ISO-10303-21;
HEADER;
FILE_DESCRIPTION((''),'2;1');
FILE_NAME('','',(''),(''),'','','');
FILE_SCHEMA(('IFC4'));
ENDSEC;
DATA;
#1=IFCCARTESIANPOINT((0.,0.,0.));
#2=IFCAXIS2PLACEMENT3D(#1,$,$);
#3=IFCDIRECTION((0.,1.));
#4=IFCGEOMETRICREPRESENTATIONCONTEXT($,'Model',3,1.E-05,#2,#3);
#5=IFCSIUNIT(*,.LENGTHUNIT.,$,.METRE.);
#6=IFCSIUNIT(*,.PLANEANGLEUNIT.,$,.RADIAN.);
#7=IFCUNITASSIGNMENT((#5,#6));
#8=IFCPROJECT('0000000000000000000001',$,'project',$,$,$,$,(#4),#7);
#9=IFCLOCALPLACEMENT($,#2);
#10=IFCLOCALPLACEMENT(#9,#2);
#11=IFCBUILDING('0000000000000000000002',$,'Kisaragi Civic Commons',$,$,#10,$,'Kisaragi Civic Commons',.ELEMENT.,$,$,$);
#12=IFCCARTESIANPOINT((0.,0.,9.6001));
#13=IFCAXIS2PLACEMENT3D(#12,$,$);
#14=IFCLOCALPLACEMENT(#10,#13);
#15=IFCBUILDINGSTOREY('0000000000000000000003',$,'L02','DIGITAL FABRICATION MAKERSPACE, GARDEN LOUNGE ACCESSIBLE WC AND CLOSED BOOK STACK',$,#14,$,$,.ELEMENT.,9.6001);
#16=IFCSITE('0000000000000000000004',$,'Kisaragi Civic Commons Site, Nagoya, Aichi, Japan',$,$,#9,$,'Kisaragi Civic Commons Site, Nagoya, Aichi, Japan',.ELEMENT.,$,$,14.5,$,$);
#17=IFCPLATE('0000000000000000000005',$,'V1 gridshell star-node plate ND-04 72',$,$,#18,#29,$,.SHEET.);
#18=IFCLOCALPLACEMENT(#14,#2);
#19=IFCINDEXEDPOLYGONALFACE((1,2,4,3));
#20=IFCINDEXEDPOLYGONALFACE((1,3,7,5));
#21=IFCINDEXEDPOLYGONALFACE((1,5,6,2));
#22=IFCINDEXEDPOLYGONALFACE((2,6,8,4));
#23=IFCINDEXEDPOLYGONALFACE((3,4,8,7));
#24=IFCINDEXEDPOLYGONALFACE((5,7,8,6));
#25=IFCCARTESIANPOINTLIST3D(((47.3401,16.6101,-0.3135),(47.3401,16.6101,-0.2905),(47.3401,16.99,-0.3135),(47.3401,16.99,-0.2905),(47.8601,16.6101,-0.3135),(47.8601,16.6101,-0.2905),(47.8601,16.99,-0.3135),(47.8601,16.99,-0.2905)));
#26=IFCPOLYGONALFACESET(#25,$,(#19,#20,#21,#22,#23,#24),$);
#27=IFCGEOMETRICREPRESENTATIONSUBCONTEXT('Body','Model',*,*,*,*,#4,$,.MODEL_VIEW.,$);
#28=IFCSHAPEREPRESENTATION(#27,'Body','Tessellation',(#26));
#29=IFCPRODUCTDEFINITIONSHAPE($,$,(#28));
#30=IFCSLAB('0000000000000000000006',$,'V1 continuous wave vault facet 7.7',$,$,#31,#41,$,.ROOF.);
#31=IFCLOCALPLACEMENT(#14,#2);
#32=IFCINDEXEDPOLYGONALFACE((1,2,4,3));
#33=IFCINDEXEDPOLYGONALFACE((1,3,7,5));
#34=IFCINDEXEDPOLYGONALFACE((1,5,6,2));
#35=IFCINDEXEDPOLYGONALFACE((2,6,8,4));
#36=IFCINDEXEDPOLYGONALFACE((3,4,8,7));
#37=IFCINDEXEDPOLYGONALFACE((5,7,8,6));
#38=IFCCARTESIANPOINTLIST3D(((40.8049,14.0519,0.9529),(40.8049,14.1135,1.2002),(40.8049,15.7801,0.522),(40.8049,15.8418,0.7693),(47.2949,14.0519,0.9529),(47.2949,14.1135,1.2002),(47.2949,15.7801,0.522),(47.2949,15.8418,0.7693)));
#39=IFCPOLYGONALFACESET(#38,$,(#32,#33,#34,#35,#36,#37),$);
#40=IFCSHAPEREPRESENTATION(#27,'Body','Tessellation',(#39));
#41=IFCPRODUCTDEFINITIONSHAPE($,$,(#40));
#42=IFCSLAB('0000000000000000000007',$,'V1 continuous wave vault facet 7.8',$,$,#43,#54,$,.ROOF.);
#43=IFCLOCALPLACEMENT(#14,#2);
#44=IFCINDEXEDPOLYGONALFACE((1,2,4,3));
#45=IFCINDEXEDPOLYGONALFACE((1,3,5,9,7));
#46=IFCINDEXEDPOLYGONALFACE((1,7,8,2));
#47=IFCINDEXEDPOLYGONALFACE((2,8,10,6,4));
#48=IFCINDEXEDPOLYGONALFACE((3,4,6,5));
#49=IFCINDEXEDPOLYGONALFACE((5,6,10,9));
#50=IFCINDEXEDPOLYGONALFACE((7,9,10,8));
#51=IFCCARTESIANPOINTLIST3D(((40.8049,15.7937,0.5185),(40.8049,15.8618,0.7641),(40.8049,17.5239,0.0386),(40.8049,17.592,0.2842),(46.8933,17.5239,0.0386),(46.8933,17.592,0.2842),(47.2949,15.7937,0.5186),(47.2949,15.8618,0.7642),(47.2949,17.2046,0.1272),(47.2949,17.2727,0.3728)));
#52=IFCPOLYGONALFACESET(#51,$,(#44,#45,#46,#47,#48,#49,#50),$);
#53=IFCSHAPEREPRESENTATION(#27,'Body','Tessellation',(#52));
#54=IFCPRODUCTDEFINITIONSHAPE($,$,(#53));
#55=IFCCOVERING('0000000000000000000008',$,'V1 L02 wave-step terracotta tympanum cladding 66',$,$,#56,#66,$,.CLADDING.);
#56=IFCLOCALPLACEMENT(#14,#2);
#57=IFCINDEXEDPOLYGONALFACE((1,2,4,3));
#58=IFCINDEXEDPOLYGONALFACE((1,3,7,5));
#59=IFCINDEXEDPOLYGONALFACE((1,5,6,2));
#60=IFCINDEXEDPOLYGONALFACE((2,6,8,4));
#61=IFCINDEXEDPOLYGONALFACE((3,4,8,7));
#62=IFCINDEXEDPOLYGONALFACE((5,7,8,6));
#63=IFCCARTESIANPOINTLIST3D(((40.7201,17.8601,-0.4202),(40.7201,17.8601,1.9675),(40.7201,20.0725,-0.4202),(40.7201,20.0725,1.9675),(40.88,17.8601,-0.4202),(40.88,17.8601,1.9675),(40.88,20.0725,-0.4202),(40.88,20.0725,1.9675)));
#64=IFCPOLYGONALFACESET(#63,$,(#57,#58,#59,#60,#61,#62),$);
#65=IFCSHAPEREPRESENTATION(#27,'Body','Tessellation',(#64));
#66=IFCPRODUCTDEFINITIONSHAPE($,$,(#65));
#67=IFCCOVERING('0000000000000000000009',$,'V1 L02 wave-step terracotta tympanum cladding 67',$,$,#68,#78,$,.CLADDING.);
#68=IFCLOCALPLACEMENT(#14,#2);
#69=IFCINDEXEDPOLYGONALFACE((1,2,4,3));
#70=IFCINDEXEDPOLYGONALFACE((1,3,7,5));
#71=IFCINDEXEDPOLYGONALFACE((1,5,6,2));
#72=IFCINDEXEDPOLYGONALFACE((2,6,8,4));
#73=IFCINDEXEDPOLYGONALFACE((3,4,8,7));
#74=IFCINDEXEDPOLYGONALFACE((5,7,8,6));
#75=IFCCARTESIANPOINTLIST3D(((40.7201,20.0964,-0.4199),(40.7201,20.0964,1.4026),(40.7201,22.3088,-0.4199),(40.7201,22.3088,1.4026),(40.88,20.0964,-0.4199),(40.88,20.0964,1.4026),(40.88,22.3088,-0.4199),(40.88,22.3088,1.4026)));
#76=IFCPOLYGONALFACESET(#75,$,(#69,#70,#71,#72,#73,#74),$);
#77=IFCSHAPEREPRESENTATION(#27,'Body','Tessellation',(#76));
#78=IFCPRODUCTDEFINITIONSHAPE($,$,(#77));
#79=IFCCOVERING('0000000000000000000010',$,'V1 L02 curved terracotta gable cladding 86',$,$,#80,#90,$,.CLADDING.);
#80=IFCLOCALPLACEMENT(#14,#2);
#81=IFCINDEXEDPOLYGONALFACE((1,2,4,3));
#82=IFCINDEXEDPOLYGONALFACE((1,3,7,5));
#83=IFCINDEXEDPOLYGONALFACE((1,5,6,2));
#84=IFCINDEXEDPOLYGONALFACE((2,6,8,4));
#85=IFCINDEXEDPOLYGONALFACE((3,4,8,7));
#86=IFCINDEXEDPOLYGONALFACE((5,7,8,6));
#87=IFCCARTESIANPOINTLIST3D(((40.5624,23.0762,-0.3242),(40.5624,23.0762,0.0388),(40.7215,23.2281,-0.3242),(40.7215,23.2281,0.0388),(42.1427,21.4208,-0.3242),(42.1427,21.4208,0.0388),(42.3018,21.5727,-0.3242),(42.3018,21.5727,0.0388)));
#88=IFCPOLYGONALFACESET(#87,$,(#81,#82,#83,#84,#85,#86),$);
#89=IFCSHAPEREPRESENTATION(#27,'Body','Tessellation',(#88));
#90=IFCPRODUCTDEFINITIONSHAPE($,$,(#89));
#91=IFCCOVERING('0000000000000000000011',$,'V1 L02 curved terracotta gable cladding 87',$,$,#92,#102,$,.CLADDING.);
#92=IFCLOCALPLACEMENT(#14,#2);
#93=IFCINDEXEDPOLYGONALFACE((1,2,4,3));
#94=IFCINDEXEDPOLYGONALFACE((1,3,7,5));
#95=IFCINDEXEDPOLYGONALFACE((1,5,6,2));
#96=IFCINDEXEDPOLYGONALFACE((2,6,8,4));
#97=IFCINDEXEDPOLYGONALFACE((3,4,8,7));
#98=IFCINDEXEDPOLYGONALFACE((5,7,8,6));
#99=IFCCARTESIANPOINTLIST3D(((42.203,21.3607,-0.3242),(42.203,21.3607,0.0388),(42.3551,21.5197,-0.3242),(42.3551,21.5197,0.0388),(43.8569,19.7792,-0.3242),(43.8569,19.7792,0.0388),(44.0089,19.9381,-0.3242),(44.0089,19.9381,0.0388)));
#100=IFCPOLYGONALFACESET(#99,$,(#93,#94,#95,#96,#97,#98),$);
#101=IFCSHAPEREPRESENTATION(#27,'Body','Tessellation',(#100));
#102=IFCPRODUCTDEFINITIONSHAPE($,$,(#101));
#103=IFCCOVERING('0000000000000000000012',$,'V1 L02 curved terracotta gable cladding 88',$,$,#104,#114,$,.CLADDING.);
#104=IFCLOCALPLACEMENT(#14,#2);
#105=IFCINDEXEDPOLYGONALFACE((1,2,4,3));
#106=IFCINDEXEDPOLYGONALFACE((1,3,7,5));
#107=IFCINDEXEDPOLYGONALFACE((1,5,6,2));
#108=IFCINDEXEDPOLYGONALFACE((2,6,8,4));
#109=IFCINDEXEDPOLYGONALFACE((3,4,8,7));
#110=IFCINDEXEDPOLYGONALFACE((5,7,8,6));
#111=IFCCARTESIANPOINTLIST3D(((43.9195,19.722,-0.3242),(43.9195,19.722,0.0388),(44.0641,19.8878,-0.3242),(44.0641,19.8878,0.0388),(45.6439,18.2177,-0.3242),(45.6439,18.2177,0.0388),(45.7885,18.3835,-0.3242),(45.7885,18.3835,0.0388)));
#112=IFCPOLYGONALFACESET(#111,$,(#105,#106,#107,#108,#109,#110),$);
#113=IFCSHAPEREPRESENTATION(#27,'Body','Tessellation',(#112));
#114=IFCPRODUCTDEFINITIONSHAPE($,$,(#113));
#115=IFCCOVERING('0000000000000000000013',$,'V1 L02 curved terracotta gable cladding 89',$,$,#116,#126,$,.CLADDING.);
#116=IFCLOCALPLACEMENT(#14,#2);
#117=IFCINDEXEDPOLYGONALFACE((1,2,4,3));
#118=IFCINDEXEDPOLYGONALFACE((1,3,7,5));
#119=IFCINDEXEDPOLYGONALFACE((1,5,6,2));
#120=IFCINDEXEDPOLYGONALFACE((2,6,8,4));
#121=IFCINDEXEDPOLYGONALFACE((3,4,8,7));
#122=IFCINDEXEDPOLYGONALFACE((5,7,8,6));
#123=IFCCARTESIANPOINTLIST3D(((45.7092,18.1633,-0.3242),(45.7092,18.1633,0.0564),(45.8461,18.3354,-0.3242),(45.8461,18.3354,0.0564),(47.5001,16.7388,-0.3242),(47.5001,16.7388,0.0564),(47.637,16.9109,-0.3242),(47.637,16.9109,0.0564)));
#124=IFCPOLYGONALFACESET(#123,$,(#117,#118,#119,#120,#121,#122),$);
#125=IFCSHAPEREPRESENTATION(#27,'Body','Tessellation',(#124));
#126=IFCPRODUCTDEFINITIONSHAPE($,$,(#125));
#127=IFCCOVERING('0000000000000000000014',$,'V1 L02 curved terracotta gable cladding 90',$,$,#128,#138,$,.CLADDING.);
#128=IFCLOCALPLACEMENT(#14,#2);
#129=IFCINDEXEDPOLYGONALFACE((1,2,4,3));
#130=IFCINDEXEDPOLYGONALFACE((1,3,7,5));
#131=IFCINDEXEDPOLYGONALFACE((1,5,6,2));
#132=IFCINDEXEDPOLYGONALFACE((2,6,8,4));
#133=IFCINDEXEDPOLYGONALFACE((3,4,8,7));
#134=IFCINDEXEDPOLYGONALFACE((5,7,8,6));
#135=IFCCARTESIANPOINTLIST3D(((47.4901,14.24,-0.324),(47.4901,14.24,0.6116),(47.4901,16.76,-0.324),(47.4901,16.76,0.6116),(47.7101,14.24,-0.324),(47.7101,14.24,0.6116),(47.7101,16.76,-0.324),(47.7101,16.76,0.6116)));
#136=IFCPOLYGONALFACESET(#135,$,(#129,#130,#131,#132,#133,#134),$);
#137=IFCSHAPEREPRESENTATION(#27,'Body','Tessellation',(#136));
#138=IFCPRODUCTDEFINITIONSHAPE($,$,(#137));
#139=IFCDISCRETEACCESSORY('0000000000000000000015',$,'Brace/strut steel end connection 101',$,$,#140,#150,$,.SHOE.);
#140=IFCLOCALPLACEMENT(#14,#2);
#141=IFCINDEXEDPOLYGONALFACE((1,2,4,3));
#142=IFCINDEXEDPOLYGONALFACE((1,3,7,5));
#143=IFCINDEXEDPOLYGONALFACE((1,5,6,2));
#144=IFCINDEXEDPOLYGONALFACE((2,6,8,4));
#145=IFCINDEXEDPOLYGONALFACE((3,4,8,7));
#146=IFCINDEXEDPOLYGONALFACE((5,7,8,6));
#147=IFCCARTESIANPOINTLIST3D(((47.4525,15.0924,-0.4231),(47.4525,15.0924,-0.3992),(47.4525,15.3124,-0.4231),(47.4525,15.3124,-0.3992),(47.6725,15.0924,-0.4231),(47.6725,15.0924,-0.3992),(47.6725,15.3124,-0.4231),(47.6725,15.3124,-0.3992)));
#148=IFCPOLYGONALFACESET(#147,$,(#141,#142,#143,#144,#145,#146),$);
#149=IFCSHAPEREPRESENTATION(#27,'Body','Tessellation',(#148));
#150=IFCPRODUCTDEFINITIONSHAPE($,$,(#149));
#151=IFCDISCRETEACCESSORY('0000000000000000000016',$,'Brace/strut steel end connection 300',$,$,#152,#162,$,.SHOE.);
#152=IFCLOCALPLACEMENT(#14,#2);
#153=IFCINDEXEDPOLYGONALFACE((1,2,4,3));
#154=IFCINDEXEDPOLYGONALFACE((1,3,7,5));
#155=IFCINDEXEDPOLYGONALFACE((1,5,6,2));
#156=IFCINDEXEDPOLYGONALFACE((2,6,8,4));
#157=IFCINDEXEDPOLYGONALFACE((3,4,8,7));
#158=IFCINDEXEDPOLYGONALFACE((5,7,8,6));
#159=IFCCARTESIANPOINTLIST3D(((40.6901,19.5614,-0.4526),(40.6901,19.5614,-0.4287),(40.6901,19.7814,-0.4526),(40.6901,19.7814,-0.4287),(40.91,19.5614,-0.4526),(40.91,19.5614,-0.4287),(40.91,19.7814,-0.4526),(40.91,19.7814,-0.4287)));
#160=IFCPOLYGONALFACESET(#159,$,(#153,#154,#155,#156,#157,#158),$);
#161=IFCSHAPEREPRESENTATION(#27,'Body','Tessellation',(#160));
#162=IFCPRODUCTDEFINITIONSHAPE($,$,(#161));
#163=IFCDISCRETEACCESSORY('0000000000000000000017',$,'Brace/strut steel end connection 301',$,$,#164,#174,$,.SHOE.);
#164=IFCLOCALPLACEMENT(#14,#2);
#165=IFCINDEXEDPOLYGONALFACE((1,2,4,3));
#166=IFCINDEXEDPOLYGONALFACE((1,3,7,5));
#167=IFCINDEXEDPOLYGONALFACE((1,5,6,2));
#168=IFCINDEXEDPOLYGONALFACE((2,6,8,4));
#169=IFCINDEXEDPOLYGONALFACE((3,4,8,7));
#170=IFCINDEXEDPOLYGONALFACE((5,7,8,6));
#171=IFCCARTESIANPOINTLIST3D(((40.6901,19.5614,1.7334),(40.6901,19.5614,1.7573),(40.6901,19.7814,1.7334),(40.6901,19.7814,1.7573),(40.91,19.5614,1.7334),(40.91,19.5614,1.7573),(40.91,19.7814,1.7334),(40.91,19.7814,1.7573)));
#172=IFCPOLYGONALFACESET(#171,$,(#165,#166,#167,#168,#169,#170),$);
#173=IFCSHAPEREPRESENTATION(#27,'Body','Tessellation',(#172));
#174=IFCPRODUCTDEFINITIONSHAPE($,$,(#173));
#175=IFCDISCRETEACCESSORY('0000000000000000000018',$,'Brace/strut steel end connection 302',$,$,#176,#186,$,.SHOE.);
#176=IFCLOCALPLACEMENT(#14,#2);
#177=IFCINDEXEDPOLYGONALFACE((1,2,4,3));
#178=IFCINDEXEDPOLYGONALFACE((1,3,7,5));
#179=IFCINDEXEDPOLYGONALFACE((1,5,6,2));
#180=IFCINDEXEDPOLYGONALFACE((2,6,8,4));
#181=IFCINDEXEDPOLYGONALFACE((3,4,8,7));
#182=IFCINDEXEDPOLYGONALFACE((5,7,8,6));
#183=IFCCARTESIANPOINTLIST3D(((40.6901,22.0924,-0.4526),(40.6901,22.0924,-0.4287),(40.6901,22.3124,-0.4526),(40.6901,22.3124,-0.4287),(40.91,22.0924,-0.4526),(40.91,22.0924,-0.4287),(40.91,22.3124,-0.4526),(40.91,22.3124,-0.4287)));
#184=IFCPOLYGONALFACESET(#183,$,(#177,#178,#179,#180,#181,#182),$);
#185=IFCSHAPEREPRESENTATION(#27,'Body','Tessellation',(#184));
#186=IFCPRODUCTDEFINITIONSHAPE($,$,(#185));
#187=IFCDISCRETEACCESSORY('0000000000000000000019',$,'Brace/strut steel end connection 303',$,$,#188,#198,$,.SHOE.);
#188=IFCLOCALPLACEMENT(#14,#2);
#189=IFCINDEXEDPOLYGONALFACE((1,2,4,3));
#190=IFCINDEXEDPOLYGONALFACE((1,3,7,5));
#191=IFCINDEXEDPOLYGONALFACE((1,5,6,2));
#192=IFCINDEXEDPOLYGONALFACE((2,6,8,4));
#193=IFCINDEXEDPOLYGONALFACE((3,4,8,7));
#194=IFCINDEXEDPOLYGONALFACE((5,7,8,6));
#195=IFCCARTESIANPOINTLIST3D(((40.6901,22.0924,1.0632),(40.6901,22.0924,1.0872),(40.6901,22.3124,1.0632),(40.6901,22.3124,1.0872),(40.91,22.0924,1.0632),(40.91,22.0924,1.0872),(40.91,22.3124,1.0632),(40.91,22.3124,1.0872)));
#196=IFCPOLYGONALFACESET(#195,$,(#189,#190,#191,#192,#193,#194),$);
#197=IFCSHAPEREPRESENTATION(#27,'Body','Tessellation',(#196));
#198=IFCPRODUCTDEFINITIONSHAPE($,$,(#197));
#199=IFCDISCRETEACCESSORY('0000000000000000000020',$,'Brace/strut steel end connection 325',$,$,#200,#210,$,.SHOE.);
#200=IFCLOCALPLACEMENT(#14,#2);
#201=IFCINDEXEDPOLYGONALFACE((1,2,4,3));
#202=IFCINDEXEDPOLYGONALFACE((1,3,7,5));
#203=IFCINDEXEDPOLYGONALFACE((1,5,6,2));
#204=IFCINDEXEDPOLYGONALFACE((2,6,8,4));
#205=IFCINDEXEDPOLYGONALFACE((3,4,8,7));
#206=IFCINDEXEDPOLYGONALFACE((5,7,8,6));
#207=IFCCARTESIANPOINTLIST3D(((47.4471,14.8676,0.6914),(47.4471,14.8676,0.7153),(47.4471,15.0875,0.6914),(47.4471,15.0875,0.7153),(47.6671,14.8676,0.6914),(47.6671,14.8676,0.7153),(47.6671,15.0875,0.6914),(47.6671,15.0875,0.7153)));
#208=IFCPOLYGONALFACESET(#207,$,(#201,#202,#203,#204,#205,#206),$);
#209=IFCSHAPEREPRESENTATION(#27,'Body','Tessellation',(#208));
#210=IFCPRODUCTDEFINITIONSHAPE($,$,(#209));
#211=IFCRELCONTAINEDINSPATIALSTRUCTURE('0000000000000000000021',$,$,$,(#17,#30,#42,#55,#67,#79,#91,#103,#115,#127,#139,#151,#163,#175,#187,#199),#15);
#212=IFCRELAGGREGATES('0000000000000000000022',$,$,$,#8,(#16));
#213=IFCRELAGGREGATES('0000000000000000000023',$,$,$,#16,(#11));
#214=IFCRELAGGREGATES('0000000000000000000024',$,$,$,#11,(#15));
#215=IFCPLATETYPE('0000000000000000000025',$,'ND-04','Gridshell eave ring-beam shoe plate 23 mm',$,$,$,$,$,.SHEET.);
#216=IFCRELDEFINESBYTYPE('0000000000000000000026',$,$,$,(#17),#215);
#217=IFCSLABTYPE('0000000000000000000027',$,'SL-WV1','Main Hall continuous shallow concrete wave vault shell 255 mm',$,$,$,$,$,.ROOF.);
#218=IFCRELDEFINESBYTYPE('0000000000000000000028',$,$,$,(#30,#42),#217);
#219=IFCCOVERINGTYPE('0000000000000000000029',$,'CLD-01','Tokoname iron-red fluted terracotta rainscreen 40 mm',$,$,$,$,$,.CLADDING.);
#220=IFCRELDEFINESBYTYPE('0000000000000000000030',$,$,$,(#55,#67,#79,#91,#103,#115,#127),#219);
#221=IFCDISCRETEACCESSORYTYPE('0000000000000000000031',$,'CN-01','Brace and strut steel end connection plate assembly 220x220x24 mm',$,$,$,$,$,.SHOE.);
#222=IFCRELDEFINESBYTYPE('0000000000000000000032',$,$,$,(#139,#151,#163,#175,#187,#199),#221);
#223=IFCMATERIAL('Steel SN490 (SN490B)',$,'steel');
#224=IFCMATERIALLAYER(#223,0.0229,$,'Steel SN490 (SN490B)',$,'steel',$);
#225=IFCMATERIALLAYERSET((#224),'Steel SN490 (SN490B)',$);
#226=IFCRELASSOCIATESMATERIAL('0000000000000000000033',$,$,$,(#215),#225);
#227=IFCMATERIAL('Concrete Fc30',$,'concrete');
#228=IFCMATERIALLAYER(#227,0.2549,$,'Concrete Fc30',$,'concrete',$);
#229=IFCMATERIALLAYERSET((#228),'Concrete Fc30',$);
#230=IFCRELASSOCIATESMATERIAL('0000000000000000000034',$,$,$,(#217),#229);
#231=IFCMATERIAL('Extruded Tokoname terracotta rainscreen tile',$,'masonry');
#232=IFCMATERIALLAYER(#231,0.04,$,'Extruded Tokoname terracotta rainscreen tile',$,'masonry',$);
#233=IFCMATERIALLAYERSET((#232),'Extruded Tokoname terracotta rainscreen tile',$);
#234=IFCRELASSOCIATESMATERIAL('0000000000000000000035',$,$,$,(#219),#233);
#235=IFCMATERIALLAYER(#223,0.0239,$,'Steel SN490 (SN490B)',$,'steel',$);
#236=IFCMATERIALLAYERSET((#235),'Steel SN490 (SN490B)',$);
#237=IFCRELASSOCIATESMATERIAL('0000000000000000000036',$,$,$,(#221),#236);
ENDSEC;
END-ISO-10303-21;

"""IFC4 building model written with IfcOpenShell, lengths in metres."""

from ifc_helpers import new_model, si_unit, direction, frame, origin, origin_2d, place, context, subcontext, project, spatial, polyline, rectangle, outline, extrude, material, layer, layer_set, type_object, element, save


model = new_model("IFC4")

# Units and contexts
model_context = context("Model", 3, precision=1e-05, world=origin(), true_north=direction((0.0, 1.0)))
body_context = subcontext(model_context, "Body", "Model", "MODEL_VIEW")
ifc_project = project(units=[si_unit("LENGTHUNIT", "METRE"), si_unit("PLANEANGLEUNIT", "RADIAN")], contexts=[model_context])

# Site, building, storey
site_placement = place(None, origin())
site = spatial("IfcSite", under=ifc_project, at=site_placement, Name="Kisaragi Civic Commons Site, Nagoya, Aichi, Japan", LongName="Kisaragi Civic Commons Site, Nagoya, Aichi, Japan", CompositionType="ELEMENT", RefElevation=14.5)
building_placement = place(site_placement, origin())
building = spatial("IfcBuilding", under=site, at=building_placement, Name="Kisaragi Civic Commons", LongName="Kisaragi Civic Commons", CompositionType="ELEMENT")
storey_placement = place(building_placement, frame((0.0, 0.0, 9.6001)))
storey = spatial("IfcBuildingStorey", under=building, at=storey_placement, Name="L02", Description="DIGITAL FABRICATION MAKERSPACE, GARDEN LOUNGE ACCESSIBLE WC AND CLOSED BOOK STACK", CompositionType="ELEMENT", Elevation=9.6001)

# Shared definitions
ifc_material_1 = material(Name="Steel SN490 (SN490B)", Category="steel")

# Plate
ifc_layer_1 = layer(ifc_material_1, 0.0229, Name="Steel SN490 (SN490B)", Category="steel")
ifc_layer_set_1 = layer_set([ifc_layer_1], Name="Steel SN490 (SN490B)")
plate_type_1 = type_object("IfcPlateType", Name="ND-04", Description="Gridshell eave ring-beam shoe plate 23 mm", PredefinedType="SHEET", material=ifc_layer_set_1)
for number, where, z_axis, x_axis, name in (
    (1, (47.6001, 16.8, -0.3135), (0.0, 0.0, 1.0), (1.0, 0.0, 0.0), "V1 gridshell star-node plate ND-04 72"),
):
    element("IfcPlate", number, at=place(storey_placement, frame(where, z_axis=z_axis, x_axis=x_axis)), inside=storey, type_object=plate_type_1, Name=name, PredefinedType="SHEET", context=body_context, shape_type="SweptSolid", body=[
        extrude(rectangle(XDim=0.52, YDim=0.3799, at=origin_2d()), origin(), (0.0, 0.0, 1.0), 0.0229),
    ])

# Slabs
ifc_material_2 = material(Name="Concrete Fc30", Category="concrete")
ifc_layer_2 = layer(ifc_material_2, 0.2549, Name="Concrete Fc30", Category="concrete")
ifc_layer_set_2 = layer_set([ifc_layer_2], Name="Concrete Fc30")
slab_type = type_object("IfcSlabType", Name="SL-WV1", Description="Main Hall continuous shallow concrete wave vault shell 255 mm", PredefinedType="ROOF", material=ifc_layer_set_2)
slab_1_placement = place(storey_placement, frame((47.2949, 15.8418, 0.7693), z_axis=(0.0, 0.241923, 0.970295), x_axis=(-1.0, 0.0, 0.0)))
element("IfcSlab", 2, at=slab_1_placement, inside=storey, type_object=slab_type, Name="V1 continuous wave vault facet 7.7", PredefinedType="ROOF", context=body_context, shape_type="SweptSolid", body=[
    extrude(outline(polyline([(0.0, 0.0), (6.49, 0.0), (6.49, 1.7812), (0.0, 1.7812), (0.0, 0.0)])), origin(), (0.0, 0.0, -1.0), 0.2549),
])
slab_2_placement = place(storey_placement, frame((46.8933, 17.592, 0.2842), z_axis=(-0.000003, 0.267314, 0.96361), x_axis=(-1.0, -0.000001, -0.000003)))
element("IfcSlab", 3, at=slab_2_placement, inside=storey, type_object=slab_type, Name="V1 continuous wave vault facet 7.8", PredefinedType="ROOF", context=body_context, shape_type="SweptSolid", body=[
    extrude(outline(polyline([(0.0, 0.0), (6.0884, 0.0), (6.0884, 1.7956), (-0.4016, 1.7956), (-0.4016, 0.3314), (0.0, 0.0)])), origin(), (0.0, 0.0, -1.0), 0.2549),
])

# Coverings
ifc_material_3 = material(Name="Extruded Tokoname terracotta rainscreen tile", Category="masonry")
ifc_layer_3 = layer(ifc_material_3, 0.04, Name="Extruded Tokoname terracotta rainscreen tile", Category="masonry")
ifc_layer_set_3 = layer_set([ifc_layer_3], Name="Extruded Tokoname terracotta rainscreen tile")
covering_type = type_object("IfcCoveringType", Name="CLD-01", Description="Tokoname iron-red fluted terracotta rainscreen 40 mm", PredefinedType="CLADDING", material=ifc_layer_set_3)
covering_1_placement = place(storey_placement, frame((40.8, 18.9663, -0.4202), z_axis=(0.0, 0.0, 1.0), x_axis=(0.0, 1.0, 0.0)))
element("IfcCovering", 4, at=covering_1_placement, inside=storey, type_object=covering_type, Name="V1 L02 wave-step terracotta tympanum cladding 66", PredefinedType="CLADDING", context=body_context, shape_type="SweptSolid", body=[
    extrude(rectangle(XDim=2.2124, YDim=0.1599, at=origin_2d()), origin(), (0.0, 0.0, 1.0), 2.3877),
])
covering_2_placement = place(storey_placement, frame((40.8, 21.2026, -0.4199), z_axis=(0.0, 0.0, 1.0), x_axis=(0.0, 1.0, 0.0)))
element("IfcCovering", 5, at=covering_2_placement, inside=storey, type_object=covering_type, Name="V1 L02 wave-step terracotta tympanum cladding 67", PredefinedType="CLADDING", context=body_context, shape_type="SweptSolid", body=[
    extrude(rectangle(XDim=2.2124, YDim=0.1599, at=origin_2d()), origin(), (0.0, 0.0, 1.0), 1.8225),
])
covering_3_placement = place(storey_placement, frame((41.4321, 22.3245, -0.3242), z_axis=(0.0, 0.0, 1.0), x_axis=(0.690504, -0.723329, 0.0)))
element("IfcCovering", 6, at=covering_3_placement, inside=storey, type_object=covering_type, Name="V1 L02 curved terracotta gable cladding 86", PredefinedType="CLADDING", context=body_context, shape_type="SweptSolid", body=[
    extrude(rectangle(XDim=2.2886, YDim=0.22, at=origin_2d()), origin(), (0.0, 0.0, 1.0), 0.363),
])
for number, where, z_axis, x_axis, name in (
    (7, (43.106, 20.6494, -0.3242), (0.0, 0.0, 1.0), (0.722726, -0.691135, 0.0), "V1 L02 curved terracotta gable cladding 87"),
    (8, (44.854, 19.0527, -0.3242), (0.0, 0.0, 1.0), (0.753563, -0.657375, 0.0), "V1 L02 curved terracotta gable cladding 88"),
):
    element("IfcCovering", number, at=place(storey_placement, frame(where, z_axis=z_axis, x_axis=x_axis)), inside=storey, type_object=covering_type, Name=name, PredefinedType="CLADDING", context=body_context, shape_type="SweptSolid", body=[
        extrude(rectangle(XDim=2.2883, YDim=0.22, at=origin_2d()), origin(), (0.0, 0.0, 1.0), 0.363),
    ])
covering_4_placement = place(storey_placement, frame((46.6731, 17.5371, -0.3242), z_axis=(0.0, 0.0, 1.0), x_axis=(0.782608, -0.622515, 0.0)))
element("IfcCovering", 9, at=covering_4_placement, inside=storey, type_object=covering_type, Name="V1 L02 curved terracotta gable cladding 89", PredefinedType="CLADDING", context=body_context, shape_type="SweptSolid", body=[
    extrude(rectangle(XDim=2.2883, YDim=0.22, at=origin_2d()), origin(), (0.0, 0.0, 1.0), 0.3806),
])
covering_5_placement = place(storey_placement, frame((47.6001, 15.5, -0.324), z_axis=(0.0, 0.0, 1.0), x_axis=(0.0, -1.0, 0.0)))
element("IfcCovering", 10, at=covering_5_placement, inside=storey, type_object=covering_type, Name="V1 L02 curved terracotta gable cladding 90", PredefinedType="CLADDING", context=body_context, shape_type="SweptSolid", body=[
    extrude(rectangle(XDim=2.52, YDim=0.22, at=origin_2d()), origin(), (0.0, 0.0, 1.0), 0.9355),
])

# Discrete accessories
ifc_layer_4 = layer(ifc_material_1, 0.0239, Name="Steel SN490 (SN490B)", Category="steel")
ifc_layer_set_4 = layer_set([ifc_layer_4], Name="Steel SN490 (SN490B)")
discrete_accessory_type = type_object("IfcDiscreteAccessoryType", Name="CN-01", Description="Brace and strut steel end connection plate assembly 220x220x24 mm", PredefinedType="SHOE", material=ifc_layer_set_4)
for number, where, z_axis, x_axis, name in (
    (11, (47.5625, 15.2024, -0.4231), (0.0, 0.0, 1.0), (1.0, 0.0, 0.0), "Brace/strut steel end connection 101"),
    (12, (40.8, 19.6714, -0.4526), (0.0, 0.0, 1.0), (1.0, 0.0, 0.0), "Brace/strut steel end connection 300"),
    (13, (40.8, 19.6714, 1.7334), (0.0, 0.0, 1.0), (1.0, 0.0, 0.0), "Brace/strut steel end connection 301"),
    (14, (40.8, 22.2024, -0.4526), (0.0, 0.0, 1.0), (1.0, 0.0, 0.0), "Brace/strut steel end connection 302"),
    (15, (40.8, 22.2024, 1.0632), (0.0, 0.0, 1.0), (1.0, 0.0, 0.0), "Brace/strut steel end connection 303"),
    (16, (47.5571, 14.9775, 0.6914), (0.0, 0.0, 1.0), (1.0, 0.0, 0.0), "Brace/strut steel end connection 325"),
):
    element("IfcDiscreteAccessory", number, at=place(storey_placement, frame(where, z_axis=z_axis, x_axis=x_axis)), inside=storey, type_object=discrete_accessory_type, Name=name, PredefinedType="SHOE", context=body_context, shape_type="SweptSolid", body=[
        extrude(rectangle(XDim=0.22, YDim=0.22, at=origin_2d()), origin(), (0.0, 0.0, 1.0), 0.0239),
    ])

save(model, "model.ifc")
